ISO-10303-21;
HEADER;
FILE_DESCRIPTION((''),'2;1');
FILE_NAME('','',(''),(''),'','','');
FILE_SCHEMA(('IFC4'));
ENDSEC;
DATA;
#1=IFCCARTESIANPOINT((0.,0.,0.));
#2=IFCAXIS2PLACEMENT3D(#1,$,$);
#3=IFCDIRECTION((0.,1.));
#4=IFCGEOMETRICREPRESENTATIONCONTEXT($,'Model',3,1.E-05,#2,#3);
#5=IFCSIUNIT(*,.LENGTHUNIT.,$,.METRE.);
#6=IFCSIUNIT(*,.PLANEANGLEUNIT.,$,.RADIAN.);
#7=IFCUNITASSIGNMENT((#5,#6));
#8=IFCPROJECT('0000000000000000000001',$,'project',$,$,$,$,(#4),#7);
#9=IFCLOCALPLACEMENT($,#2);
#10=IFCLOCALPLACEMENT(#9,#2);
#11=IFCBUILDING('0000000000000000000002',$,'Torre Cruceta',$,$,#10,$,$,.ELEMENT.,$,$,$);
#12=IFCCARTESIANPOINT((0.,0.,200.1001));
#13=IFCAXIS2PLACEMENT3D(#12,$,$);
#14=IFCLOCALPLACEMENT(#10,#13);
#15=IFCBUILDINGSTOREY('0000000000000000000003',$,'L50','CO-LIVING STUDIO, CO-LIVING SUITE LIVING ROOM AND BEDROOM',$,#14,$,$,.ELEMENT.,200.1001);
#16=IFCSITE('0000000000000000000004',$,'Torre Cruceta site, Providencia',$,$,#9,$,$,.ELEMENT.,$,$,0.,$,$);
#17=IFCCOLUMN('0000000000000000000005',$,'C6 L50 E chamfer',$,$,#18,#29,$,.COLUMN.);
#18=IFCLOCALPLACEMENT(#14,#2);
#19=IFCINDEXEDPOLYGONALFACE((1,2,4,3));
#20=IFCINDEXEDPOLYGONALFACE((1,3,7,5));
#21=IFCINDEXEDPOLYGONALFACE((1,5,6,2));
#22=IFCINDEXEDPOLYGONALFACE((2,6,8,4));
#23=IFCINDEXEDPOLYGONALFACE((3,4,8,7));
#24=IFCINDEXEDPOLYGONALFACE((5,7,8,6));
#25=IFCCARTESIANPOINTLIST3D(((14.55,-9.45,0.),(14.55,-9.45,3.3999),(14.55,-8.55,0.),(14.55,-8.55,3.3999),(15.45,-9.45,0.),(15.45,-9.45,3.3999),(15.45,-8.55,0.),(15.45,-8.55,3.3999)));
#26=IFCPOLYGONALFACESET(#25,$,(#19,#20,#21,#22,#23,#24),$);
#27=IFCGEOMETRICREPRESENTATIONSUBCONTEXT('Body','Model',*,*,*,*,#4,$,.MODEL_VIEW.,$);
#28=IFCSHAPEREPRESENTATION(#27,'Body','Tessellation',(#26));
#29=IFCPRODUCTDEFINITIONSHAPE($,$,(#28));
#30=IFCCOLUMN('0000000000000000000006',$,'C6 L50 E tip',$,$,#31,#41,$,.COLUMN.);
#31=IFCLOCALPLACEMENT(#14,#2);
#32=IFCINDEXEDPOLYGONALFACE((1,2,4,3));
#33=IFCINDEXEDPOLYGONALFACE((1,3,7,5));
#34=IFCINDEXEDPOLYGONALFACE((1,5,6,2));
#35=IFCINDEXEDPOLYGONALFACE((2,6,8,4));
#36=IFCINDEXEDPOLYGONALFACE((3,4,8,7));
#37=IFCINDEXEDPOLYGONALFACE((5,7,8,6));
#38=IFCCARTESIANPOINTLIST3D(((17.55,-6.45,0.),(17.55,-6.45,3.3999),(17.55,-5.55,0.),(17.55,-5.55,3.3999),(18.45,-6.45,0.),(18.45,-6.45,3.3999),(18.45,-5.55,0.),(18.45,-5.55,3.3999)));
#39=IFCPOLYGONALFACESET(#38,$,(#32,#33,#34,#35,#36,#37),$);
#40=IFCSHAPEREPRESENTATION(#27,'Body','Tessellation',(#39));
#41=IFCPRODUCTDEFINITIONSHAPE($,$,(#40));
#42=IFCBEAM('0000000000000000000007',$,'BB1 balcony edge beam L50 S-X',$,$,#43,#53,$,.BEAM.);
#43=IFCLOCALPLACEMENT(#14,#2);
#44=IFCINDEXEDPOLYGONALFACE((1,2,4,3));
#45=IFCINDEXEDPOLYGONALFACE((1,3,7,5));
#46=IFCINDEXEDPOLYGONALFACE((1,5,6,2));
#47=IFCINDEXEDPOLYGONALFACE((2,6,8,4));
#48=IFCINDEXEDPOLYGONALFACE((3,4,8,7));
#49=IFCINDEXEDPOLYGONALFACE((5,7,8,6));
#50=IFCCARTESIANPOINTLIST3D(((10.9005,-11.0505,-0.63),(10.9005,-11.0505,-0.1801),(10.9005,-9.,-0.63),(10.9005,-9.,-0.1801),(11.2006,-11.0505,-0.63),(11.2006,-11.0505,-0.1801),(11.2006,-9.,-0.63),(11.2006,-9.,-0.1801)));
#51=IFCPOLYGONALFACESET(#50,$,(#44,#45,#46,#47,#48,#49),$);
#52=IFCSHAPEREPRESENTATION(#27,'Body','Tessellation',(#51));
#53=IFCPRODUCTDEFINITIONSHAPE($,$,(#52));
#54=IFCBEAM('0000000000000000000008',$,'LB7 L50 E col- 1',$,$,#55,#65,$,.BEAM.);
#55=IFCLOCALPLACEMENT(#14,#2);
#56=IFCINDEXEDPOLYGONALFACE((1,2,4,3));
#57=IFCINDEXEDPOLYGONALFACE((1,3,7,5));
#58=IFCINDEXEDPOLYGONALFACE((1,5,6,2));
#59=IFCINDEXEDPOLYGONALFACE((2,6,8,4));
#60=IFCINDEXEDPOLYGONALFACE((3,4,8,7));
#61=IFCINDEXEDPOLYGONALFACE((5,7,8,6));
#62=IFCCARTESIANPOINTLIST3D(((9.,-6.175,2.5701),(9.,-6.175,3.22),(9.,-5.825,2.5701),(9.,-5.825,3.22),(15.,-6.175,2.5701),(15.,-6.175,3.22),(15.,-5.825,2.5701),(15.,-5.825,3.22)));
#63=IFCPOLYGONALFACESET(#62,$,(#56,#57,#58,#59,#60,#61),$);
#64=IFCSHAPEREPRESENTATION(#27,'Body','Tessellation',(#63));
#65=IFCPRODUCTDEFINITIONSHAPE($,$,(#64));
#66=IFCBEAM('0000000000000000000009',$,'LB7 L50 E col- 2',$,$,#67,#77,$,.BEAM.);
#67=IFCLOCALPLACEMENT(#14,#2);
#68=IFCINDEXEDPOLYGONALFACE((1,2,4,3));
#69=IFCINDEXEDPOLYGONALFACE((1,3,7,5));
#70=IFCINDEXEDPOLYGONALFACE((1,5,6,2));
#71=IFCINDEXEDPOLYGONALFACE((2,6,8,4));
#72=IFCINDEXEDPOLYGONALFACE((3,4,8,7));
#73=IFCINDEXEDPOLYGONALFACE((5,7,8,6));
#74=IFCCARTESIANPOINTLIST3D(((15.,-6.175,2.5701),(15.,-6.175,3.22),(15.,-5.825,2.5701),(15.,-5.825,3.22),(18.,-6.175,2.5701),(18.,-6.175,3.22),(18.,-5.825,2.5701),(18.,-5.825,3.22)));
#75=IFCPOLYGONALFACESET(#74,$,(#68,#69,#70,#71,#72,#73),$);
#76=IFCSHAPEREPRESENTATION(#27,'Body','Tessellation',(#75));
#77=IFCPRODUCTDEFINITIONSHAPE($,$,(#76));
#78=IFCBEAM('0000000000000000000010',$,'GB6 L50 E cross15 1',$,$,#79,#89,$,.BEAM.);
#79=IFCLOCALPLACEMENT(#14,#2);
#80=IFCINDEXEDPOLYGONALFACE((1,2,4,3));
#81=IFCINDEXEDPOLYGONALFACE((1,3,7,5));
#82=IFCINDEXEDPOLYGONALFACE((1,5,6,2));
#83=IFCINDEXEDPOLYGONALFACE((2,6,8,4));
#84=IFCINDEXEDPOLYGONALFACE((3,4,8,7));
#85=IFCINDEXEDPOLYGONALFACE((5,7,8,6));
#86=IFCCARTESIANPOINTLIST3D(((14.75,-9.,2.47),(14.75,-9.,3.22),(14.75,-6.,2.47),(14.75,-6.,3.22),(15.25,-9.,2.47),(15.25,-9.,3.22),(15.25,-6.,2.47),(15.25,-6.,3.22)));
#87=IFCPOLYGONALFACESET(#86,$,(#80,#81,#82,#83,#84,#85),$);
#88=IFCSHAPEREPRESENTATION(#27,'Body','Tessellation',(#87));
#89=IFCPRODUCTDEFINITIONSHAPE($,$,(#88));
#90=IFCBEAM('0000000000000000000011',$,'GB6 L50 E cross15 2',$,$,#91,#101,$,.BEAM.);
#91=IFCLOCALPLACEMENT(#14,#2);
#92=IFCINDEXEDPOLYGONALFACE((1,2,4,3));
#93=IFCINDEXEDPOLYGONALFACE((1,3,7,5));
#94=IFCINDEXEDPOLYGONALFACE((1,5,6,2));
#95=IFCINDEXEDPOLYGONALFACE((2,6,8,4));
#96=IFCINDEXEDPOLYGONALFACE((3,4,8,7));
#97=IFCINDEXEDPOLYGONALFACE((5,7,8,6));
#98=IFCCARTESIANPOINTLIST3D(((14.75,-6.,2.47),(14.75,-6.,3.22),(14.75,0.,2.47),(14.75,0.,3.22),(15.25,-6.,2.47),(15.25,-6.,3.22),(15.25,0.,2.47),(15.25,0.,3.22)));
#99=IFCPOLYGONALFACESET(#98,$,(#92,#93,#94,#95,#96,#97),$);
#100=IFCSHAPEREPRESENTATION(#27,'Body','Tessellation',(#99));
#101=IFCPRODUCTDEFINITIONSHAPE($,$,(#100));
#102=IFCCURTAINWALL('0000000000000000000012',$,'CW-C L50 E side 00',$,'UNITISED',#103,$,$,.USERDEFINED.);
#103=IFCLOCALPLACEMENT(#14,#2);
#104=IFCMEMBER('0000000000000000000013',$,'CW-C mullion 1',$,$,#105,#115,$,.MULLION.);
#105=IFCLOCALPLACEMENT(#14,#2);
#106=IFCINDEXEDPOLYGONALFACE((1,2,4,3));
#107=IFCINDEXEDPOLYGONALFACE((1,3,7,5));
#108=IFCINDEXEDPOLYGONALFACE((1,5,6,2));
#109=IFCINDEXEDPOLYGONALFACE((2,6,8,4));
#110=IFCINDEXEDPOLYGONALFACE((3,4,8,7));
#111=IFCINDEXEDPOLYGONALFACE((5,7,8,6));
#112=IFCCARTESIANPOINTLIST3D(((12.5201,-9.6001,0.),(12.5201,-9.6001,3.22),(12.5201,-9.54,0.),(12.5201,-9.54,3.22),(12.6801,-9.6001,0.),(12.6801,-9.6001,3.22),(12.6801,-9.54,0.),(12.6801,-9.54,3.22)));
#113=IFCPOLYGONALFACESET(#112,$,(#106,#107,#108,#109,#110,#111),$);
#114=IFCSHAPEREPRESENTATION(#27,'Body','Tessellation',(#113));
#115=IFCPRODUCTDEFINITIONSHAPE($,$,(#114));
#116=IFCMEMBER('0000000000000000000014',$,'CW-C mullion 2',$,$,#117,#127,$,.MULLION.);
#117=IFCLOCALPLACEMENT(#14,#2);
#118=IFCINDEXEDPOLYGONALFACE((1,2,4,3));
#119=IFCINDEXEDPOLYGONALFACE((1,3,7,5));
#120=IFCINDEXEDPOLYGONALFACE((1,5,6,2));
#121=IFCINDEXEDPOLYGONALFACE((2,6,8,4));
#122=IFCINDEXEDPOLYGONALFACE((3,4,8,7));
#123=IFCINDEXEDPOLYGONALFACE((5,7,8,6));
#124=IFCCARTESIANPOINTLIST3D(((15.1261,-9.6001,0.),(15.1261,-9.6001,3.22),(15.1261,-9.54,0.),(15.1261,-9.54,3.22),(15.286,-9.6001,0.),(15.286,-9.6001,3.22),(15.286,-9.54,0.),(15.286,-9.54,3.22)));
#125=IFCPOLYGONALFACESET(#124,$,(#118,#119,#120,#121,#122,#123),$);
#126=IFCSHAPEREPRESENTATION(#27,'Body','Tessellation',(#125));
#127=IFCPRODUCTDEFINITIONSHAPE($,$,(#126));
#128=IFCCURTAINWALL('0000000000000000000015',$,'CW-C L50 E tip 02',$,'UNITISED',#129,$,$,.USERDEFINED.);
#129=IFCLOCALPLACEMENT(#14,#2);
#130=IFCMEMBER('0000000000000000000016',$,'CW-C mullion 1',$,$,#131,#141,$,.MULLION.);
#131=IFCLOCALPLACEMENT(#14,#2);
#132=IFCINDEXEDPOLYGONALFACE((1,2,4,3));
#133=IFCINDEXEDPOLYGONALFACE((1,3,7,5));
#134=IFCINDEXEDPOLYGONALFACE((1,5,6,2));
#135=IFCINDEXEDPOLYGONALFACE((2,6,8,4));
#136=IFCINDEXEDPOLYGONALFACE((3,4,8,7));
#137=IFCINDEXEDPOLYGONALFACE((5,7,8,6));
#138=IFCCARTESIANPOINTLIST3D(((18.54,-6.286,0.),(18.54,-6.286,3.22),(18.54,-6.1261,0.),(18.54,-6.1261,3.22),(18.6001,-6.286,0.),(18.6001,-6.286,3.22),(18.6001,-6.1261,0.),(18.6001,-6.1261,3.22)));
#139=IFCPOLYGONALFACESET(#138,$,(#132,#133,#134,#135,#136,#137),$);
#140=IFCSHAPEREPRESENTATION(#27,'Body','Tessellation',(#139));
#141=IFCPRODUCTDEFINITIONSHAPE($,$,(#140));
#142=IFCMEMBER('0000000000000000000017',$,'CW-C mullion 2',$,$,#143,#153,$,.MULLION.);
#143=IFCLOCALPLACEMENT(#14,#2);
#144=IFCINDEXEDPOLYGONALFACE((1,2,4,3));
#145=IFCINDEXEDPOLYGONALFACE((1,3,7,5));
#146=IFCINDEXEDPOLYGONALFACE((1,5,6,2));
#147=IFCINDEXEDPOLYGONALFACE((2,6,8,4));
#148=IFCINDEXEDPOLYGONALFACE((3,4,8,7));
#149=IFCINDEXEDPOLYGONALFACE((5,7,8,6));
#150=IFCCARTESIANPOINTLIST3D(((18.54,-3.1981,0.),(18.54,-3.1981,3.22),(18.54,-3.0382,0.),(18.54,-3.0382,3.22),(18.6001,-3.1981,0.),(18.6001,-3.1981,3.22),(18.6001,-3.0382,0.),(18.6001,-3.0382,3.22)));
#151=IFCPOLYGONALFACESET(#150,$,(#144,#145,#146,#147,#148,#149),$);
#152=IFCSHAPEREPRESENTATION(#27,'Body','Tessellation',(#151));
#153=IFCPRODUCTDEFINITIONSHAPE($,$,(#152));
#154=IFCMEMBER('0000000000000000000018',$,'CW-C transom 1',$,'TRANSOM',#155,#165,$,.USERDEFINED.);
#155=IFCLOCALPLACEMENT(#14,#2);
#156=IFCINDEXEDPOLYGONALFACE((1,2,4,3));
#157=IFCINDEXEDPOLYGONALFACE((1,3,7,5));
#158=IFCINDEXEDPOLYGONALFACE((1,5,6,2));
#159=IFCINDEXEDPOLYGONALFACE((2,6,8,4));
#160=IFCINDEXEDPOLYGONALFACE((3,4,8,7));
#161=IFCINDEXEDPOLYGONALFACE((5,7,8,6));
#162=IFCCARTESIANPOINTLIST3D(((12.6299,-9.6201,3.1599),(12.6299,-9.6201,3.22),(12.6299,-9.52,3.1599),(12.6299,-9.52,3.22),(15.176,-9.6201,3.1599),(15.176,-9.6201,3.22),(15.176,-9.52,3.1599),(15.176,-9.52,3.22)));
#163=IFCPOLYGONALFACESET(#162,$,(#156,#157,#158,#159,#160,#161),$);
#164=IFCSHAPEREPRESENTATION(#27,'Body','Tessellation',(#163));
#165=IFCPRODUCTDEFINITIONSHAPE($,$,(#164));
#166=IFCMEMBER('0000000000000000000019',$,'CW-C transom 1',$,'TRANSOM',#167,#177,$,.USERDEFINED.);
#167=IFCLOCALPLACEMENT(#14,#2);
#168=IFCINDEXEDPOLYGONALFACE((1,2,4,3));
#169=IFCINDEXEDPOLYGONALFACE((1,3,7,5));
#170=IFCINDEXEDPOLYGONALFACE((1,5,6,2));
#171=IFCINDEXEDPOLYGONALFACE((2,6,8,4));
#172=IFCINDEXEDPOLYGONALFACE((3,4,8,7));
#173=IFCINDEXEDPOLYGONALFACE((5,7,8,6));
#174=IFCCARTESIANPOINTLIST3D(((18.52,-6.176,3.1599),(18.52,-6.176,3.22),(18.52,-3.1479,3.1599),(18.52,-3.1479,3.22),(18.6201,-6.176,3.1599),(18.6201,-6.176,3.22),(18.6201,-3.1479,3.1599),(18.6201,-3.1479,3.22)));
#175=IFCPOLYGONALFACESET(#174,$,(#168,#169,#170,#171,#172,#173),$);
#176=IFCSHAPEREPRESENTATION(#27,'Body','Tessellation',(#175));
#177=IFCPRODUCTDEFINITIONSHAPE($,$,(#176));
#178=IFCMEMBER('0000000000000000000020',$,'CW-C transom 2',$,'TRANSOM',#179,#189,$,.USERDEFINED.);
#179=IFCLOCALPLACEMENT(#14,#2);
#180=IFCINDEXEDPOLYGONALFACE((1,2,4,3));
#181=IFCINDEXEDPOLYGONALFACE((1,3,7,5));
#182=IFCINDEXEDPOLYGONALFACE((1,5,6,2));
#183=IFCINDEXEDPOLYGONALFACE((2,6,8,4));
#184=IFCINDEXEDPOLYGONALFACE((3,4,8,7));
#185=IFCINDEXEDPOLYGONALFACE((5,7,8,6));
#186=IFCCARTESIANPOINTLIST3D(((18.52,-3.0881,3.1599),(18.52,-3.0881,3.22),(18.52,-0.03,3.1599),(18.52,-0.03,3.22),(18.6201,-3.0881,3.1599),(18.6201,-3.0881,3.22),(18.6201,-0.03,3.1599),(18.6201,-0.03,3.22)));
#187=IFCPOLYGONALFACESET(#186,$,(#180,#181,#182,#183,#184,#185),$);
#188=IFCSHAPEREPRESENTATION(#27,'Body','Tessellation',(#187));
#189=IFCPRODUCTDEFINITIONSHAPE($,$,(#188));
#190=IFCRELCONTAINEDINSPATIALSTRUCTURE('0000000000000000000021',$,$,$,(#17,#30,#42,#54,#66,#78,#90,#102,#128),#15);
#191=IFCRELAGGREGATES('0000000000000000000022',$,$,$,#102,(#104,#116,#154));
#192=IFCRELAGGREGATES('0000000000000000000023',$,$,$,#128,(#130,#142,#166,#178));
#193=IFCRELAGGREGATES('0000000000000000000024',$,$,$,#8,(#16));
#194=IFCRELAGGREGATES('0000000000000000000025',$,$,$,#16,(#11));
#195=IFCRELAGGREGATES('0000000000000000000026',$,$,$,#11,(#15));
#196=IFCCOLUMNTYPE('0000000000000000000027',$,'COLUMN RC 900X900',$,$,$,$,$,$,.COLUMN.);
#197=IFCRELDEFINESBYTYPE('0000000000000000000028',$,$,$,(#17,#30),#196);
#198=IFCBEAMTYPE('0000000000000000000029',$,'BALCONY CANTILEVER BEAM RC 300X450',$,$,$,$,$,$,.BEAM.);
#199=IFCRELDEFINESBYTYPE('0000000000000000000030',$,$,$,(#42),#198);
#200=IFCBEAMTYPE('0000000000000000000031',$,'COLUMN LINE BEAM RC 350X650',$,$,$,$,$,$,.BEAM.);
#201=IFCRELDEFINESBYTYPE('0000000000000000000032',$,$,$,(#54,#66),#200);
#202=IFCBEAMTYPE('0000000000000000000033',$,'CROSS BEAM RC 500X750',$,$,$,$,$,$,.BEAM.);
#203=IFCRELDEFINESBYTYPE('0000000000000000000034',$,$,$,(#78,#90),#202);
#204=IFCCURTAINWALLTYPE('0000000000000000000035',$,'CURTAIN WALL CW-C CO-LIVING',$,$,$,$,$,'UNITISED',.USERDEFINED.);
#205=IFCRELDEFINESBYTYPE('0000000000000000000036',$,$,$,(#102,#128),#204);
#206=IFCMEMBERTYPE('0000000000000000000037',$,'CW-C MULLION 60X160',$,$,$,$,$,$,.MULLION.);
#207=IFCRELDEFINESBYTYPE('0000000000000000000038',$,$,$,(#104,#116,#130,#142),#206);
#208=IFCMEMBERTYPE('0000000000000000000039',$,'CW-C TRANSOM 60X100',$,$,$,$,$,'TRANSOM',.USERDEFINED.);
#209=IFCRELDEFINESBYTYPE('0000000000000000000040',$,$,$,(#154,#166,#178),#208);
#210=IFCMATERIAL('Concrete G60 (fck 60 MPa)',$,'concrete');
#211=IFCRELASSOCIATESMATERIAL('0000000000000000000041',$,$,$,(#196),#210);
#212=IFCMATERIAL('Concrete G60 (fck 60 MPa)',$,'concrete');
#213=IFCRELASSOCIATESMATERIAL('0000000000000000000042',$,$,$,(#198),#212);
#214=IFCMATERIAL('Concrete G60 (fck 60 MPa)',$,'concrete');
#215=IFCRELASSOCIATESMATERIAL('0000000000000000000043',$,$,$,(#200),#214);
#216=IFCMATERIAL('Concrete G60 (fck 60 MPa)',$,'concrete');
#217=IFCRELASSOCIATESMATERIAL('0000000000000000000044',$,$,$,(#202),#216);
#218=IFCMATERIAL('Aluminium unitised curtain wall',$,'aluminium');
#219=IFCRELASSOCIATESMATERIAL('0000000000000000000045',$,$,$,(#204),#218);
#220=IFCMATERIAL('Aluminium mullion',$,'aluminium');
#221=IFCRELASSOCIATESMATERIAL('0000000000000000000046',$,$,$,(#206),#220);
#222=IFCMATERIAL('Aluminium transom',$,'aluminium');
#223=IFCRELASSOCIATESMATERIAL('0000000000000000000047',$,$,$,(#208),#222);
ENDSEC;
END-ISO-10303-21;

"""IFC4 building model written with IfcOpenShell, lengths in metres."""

from ifc_helpers import new_model, si_unit, direction, frame, origin, origin_2d, place, context, subcontext, project, spatial, rectangle, extrude, material, material_profile, profile_set, type_object, element, aggregate, save


model = new_model("IFC4")

# Units and contexts
model_context = context("Model", 3, precision=1e-05, world=origin(), true_north=direction((0.0, 1.0)))
body_context = subcontext(model_context, "Body", "Model", "MODEL_VIEW")
ifc_project = project(units=[si_unit("LENGTHUNIT", "METRE"), si_unit("PLANEANGLEUNIT", "RADIAN")], contexts=[model_context])

# Site, building, storey
site_placement = place(None, origin())
site = spatial("IfcSite", under=ifc_project, at=site_placement, Name="Torre Cruceta site, Providencia", CompositionType="ELEMENT", RefElevation=0.0)
building_placement = place(site_placement, origin())
building = spatial("IfcBuilding", under=site, at=building_placement, Name="Torre Cruceta", CompositionType="ELEMENT")
storey_placement = place(building_placement, frame((0.0, 0.0, 200.1001)))
storey = spatial("IfcBuildingStorey", under=building, at=storey_placement, Name="L50", Description="CO-LIVING STUDIO, CO-LIVING SUITE LIVING ROOM AND BEDROOM", CompositionType="ELEMENT", Elevation=200.1001)

# Columns
ifc_material_1 = material(Name="Concrete G60 (fck 60 MPa)", Category="concrete")
ifc_material_profile_1 = material_profile(ifc_material_1, rectangle(XDim=0.8999, YDim=0.8999, at=origin_2d()), Name="RC 900X900")
ifc_profile_set_1 = profile_set([ifc_material_profile_1], Name="Concrete G60 (fck 60 MPa)")
column_type = type_object("IfcColumnType", Name="COLUMN RC 900X900", PredefinedType="COLUMN", material=ifc_profile_set_1)
for number, where, z_axis, x_axis, name in (
    (1, (15.0, -9.0, 0.0), (0.0, 0.0, 1.0), (1.0, 0.0, 0.0), "C6 L50 E chamfer"),
    (2, (18.0, -6.0, 0.0), (0.0, 0.0, 1.0), (1.0, 0.0, 0.0), "C6 L50 E tip"),
):
    element("IfcColumn", number, at=place(storey_placement, frame(where, z_axis=z_axis, x_axis=x_axis)), inside=storey, type_object=column_type, Name=name, PredefinedType="COLUMN", context=body_context, shape_type="SweptSolid", body=[
        extrude(rectangle(XDim=0.8999, YDim=0.8999, at=origin_2d()), origin(), (0.0, 0.0, 1.0), 3.3999),
    ])

# Beams
ifc_material_2 = material(Name="Concrete G60 (fck 60 MPa)", Category="concrete")
ifc_material_profile_2 = material_profile(ifc_material_2, rectangle(XDim=0.3, YDim=0.45, at=origin_2d()), Name="RC 300X450")
ifc_profile_set_2 = profile_set([ifc_material_profile_2], Name="Concrete G60 (fck 60 MPa)")
beam_type_1 = type_object("IfcBeamType", Name="BALCONY CANTILEVER BEAM RC 300X450", PredefinedType="BEAM", material=ifc_profile_set_2)
beam_1_placement = place(storey_placement, frame((11.0505, -9.0, -0.405), z_axis=(0.0, -1.0, 0.0), x_axis=(1.0, 0.0, 0.0)))
element("IfcBeam", 3, at=beam_1_placement, inside=storey, type_object=beam_type_1, Name="BB1 balcony edge beam L50 S-X", PredefinedType="BEAM", context=body_context, shape_type="SweptSolid", body=[
    extrude(rectangle(XDim=0.3, YDim=0.45, at=origin_2d()), origin(), (0.0, 0.0, 1.0), 2.0505),
])
ifc_material_3 = material(Name="Concrete G60 (fck 60 MPa)", Category="concrete")
ifc_material_profile_3 = material_profile(ifc_material_3, rectangle(XDim=0.3501, YDim=0.6499, at=origin_2d()), Name="RC 350X650")
ifc_profile_set_3 = profile_set([ifc_material_profile_3], Name="Concrete G60 (fck 60 MPa)")
beam_type_2 = type_object("IfcBeamType", Name="COLUMN LINE BEAM RC 350X650", PredefinedType="BEAM", material=ifc_profile_set_3)
beam_2_placement = place(storey_placement, frame((9.0, -6.0, 2.895), z_axis=(1.0, 0.0, 0.0), x_axis=(0.0, 1.0, 0.0)))
element("IfcBeam", 4, at=beam_2_placement, inside=storey, type_object=beam_type_2, Name="LB7 L50 E col- 1", PredefinedType="BEAM", context=body_context, shape_type="SweptSolid", body=[
    extrude(rectangle(XDim=0.3501, YDim=0.6499, at=origin_2d()), origin(), (0.0, 0.0, 1.0), 6.0),
])
beam_3_placement = place(storey_placement, frame((15.0, -6.0, 2.895), z_axis=(1.0, 0.0, 0.0), x_axis=(0.0, 1.0, 0.0)))
element("IfcBeam", 5, at=beam_3_placement, inside=storey, type_object=beam_type_2, Name="LB7 L50 E col- 2", PredefinedType="BEAM", context=body_context, shape_type="SweptSolid", body=[
    extrude(rectangle(XDim=0.3501, YDim=0.6499, at=origin_2d()), origin(), (0.0, 0.0, 1.0), 3.0),
])
ifc_material_4 = material(Name="Concrete G60 (fck 60 MPa)", Category="concrete")
ifc_material_profile_4 = material_profile(ifc_material_4, rectangle(XDim=0.5, YDim=0.75, at=origin_2d()), Name="RC 500X750")
ifc_profile_set_4 = profile_set([ifc_material_profile_4], Name="Concrete G60 (fck 60 MPa)")
beam_type_3 = type_object("IfcBeamType", Name="CROSS BEAM RC 500X750", PredefinedType="BEAM", material=ifc_profile_set_4)
beam_4_placement = place(storey_placement, frame((15.0, -9.0, 2.845), z_axis=(0.0, 1.0, 0.0), x_axis=(-1.0, 0.0, 0.0)))
element("IfcBeam", 6, at=beam_4_placement, inside=storey, type_object=beam_type_3, Name="GB6 L50 E cross15 1", PredefinedType="BEAM", context=body_context, shape_type="SweptSolid", body=[
    extrude(rectangle(XDim=0.5, YDim=0.75, at=origin_2d()), origin(), (0.0, 0.0, 1.0), 3.0),
])
beam_5_placement = place(storey_placement, frame((15.0, -6.0, 2.845), z_axis=(0.0, 1.0, 0.0), x_axis=(-1.0, 0.0, 0.0)))
element("IfcBeam", 7, at=beam_5_placement, inside=storey, type_object=beam_type_3, Name="GB6 L50 E cross15 2", PredefinedType="BEAM", context=body_context, shape_type="SweptSolid", body=[
    extrude(rectangle(XDim=0.5, YDim=0.75, at=origin_2d()), origin(), (0.0, 0.0, 1.0), 6.0),
])

# Curtain walls, members
ifc_material_5 = material(Name="Aluminium unitised curtain wall", Category="aluminium")
curtain_wall_type = type_object("IfcCurtainWallType", Name="CURTAIN WALL CW-C CO-LIVING", ElementType="UNITISED", PredefinedType="USERDEFINED", material=ifc_material_5)
curtain_wall_1_placement = place(storey_placement, origin())
curtain_wall_1 = element("IfcCurtainWall", 8, at=curtain_wall_1_placement, inside=storey, type_object=curtain_wall_type, Name="CW-C L50 E side 00", ObjectType="UNITISED", PredefinedType="USERDEFINED")
ifc_material_6 = material(Name="Aluminium mullion", Category="aluminium")
ifc_material_profile_5 = material_profile(ifc_material_6, rectangle(XDim=0.0601, YDim=0.1599, at=origin_2d()), Name="AL 60X160")
ifc_profile_set_5 = profile_set([ifc_material_profile_5], Name="Aluminium mullion")
member_type_1 = type_object("IfcMemberType", Name="CW-C MULLION 60X160", PredefinedType="MULLION", material=ifc_profile_set_5)
member_1_placement = place(storey_placement, frame((12.6001, -9.5701, 0.0), z_axis=(0.0, 0.0, 1.0), x_axis=(0.0, 1.0, 0.0)))
member_1 = element("IfcMember", 9, at=member_1_placement, type_object=member_type_1, Name="CW-C mullion 1", PredefinedType="MULLION", context=body_context, shape_type="SweptSolid", body=[
    extrude(rectangle(XDim=0.0601, YDim=0.1599, at=origin_2d()), origin(), (0.0, 0.0, 1.0), 3.22),
])
member_2_placement = place(storey_placement, frame((15.2061, -9.5701, 0.0), z_axis=(0.0, 0.0, 1.0), x_axis=(0.0, 1.0, 0.0)))
member_2 = element("IfcMember", 10, at=member_2_placement, type_object=member_type_1, Name="CW-C mullion 2", PredefinedType="MULLION", context=body_context, shape_type="SweptSolid", body=[
    extrude(rectangle(XDim=0.0601, YDim=0.1599, at=origin_2d()), origin(), (0.0, 0.0, 1.0), 3.22),
])
curtain_wall_2_placement = place(storey_placement, origin())
curtain_wall_2 = element("IfcCurtainWall", 11, at=curtain_wall_2_placement, inside=storey, type_object=curtain_wall_type, Name="CW-C L50 E tip 02", ObjectType="UNITISED", PredefinedType="USERDEFINED")
member_3_placement = place(storey_placement, frame((18.5701, -6.2061, 0.0), z_axis=(0.0, 0.0, 1.0), x_axis=(-1.0, 0.0, 0.0)))
member_3 = element("IfcMember", 12, at=member_3_placement, type_object=member_type_1, Name="CW-C mullion 1", PredefinedType="MULLION", context=body_context, shape_type="SweptSolid", body=[
    extrude(rectangle(XDim=0.0601, YDim=0.1599, at=origin_2d()), origin(), (0.0, 0.0, 1.0), 3.22),
])
member_4_placement = place(storey_placement, frame((18.5701, -3.1182, 0.0), z_axis=(0.0, 0.0, 1.0), x_axis=(-1.0, 0.0, 0.0)))
member_4 = element("IfcMember", 13, at=member_4_placement, type_object=member_type_1, Name="CW-C mullion 2", PredefinedType="MULLION", context=body_context, shape_type="SweptSolid", body=[
    extrude(rectangle(XDim=0.0601, YDim=0.1599, at=origin_2d()), origin(), (0.0, 0.0, 1.0), 3.22),
])

# Members
ifc_material_7 = material(Name="Aluminium transom", Category="aluminium")
ifc_material_profile_6 = material_profile(ifc_material_7, rectangle(XDim=0.1001, YDim=0.0601, at=origin_2d()), Name="AL 100X60")
ifc_profile_set_6 = profile_set([ifc_material_profile_6], Name="Aluminium transom")
member_type_2 = type_object("IfcMemberType", Name="CW-C TRANSOM 60X100", ElementType="TRANSOM", PredefinedType="USERDEFINED", material=ifc_profile_set_6)
member_5_placement = place(storey_placement, frame((12.6299, -9.5701, 3.1899), z_axis=(1.0, 0.0, 0.0), x_axis=(0.0, 1.0, 0.0)))
member_5 = element("IfcMember", 14, at=member_5_placement, type_object=member_type_2, Name="CW-C transom 1", ObjectType="TRANSOM", PredefinedType="USERDEFINED", context=body_context, shape_type="SweptSolid", body=[
    extrude(rectangle(XDim=0.1001, YDim=0.0601, at=origin_2d()), origin(), (0.0, 0.0, 1.0), 2.5461),
])
member_6_placement = place(storey_placement, frame((18.5701, -6.176, 3.1899), z_axis=(0.0, 1.0, 0.0), x_axis=(-1.0, 0.0, 0.0)))
member_6 = element("IfcMember", 15, at=member_6_placement, type_object=member_type_2, Name="CW-C transom 1", ObjectType="TRANSOM", PredefinedType="USERDEFINED", context=body_context, shape_type="SweptSolid", body=[
    extrude(rectangle(XDim=0.1001, YDim=0.0601, at=origin_2d()), origin(), (0.0, 0.0, 1.0), 3.0281),
])
member_7_placement = place(storey_placement, frame((18.5701, -3.0881, 3.1899), z_axis=(0.0, 1.0, 0.0), x_axis=(-1.0, 0.0, 0.0)))
member_7 = element("IfcMember", 16, at=member_7_placement, type_object=member_type_2, Name="CW-C transom 2", ObjectType="TRANSOM", PredefinedType="USERDEFINED", context=body_context, shape_type="SweptSolid", body=[
    extrude(rectangle(XDim=0.1001, YDim=0.0601, at=origin_2d()), origin(), (0.0, 0.0, 1.0), 3.0581),
])

aggregate(curtain_wall_1, [member_1, member_2, member_5])
aggregate(curtain_wall_2, [member_3, member_4, member_6, member_7])

save(model, "model.ifc")
